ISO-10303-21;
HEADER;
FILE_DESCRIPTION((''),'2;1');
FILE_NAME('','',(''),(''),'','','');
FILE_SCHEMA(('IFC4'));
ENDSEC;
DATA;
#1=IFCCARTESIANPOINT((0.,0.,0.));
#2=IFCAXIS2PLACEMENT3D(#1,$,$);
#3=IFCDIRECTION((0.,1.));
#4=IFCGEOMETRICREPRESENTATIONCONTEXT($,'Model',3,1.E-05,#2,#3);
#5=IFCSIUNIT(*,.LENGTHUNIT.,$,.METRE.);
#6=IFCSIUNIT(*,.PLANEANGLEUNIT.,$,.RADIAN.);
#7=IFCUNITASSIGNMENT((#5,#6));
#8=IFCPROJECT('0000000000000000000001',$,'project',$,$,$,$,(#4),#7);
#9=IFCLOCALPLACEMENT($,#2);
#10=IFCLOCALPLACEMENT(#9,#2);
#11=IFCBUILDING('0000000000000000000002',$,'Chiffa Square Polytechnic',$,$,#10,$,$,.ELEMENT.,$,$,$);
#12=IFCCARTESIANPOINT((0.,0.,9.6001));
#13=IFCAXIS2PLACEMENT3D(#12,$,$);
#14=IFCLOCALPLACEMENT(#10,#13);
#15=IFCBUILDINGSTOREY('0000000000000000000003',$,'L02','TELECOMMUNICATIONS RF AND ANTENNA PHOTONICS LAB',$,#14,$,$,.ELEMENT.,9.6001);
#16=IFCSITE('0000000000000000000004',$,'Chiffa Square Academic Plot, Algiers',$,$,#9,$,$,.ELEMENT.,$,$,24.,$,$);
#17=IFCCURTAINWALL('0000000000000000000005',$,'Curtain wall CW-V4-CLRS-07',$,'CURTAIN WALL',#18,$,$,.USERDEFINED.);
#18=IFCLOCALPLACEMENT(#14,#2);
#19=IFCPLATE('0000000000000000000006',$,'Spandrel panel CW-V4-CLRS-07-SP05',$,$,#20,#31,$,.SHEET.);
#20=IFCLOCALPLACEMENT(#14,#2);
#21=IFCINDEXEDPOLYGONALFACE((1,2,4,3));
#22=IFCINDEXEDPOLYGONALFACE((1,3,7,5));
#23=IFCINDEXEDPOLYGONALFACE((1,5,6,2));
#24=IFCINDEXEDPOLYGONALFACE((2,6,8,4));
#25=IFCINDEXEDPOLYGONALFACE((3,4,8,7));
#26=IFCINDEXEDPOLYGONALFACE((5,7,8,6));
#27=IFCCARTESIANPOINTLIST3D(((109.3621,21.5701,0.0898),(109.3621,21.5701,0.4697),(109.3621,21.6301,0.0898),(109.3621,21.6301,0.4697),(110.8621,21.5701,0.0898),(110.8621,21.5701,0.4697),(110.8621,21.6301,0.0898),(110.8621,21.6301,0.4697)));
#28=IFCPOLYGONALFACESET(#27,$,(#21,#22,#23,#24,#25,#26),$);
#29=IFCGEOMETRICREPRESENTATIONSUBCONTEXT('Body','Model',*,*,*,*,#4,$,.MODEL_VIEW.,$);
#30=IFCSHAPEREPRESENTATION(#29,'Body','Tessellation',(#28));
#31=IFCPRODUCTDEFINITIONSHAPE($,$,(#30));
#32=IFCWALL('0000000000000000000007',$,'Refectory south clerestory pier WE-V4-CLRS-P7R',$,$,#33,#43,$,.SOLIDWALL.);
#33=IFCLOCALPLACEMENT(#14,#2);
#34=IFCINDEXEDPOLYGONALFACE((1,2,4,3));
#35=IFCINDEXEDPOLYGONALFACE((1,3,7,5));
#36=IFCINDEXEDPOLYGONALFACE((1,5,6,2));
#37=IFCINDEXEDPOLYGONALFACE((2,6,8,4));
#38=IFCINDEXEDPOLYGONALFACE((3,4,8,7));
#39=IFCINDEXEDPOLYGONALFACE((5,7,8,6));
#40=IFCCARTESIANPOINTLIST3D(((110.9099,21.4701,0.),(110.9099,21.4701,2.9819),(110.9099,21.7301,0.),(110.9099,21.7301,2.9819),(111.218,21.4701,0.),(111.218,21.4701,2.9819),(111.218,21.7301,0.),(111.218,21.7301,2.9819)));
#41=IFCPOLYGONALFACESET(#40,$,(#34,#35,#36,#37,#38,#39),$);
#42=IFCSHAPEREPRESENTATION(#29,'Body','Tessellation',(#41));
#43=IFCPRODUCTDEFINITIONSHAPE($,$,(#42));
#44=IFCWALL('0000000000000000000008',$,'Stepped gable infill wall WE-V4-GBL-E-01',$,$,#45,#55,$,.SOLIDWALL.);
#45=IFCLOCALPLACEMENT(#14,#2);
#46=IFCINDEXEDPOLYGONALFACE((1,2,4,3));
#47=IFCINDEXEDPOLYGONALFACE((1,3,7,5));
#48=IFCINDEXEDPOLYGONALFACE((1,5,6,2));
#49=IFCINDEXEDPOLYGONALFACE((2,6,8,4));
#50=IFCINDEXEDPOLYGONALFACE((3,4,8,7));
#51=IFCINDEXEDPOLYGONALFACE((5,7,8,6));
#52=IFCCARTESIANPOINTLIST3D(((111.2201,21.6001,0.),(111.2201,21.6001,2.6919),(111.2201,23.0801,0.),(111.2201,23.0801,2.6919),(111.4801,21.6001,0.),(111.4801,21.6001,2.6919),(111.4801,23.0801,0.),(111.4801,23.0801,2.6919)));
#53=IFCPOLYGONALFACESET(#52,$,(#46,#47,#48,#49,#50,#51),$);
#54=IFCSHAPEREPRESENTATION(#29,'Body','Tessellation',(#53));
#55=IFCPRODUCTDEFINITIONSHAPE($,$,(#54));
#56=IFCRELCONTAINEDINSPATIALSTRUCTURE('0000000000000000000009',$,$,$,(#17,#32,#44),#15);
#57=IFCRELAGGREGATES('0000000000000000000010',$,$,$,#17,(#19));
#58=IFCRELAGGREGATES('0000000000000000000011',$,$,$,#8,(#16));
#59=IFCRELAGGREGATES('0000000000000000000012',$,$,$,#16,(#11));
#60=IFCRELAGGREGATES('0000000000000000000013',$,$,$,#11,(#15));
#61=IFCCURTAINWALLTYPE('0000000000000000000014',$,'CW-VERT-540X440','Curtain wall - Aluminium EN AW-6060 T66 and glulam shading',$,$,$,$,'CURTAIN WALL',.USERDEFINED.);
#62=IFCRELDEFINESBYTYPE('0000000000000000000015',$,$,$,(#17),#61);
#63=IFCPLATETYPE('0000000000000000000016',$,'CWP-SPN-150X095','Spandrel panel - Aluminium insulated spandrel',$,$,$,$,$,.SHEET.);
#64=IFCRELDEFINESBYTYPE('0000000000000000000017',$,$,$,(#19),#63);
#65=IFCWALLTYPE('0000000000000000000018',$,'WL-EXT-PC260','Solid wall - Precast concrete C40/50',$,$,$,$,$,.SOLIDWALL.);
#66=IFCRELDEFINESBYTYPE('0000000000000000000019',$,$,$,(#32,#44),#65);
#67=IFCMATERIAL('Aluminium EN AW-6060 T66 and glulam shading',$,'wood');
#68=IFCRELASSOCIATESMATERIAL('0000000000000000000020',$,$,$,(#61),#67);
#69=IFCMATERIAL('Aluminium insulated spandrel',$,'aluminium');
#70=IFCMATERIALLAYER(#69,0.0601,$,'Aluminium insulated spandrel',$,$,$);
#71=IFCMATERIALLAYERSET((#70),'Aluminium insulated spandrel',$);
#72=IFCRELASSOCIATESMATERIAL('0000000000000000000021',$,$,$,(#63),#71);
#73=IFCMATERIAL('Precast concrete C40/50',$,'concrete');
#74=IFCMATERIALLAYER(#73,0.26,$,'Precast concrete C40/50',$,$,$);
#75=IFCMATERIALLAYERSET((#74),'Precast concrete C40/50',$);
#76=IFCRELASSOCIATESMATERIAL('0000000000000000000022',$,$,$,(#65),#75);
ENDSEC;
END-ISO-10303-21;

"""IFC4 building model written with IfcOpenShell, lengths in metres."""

from ifc_helpers import new_model, si_unit, direction, frame, frame_2d, origin, origin_2d, place, context, subcontext, project, spatial, rectangle, extrude, material, layer, layer_set, type_object, element, aggregate, save


model = new_model("IFC4")

# Units and contexts
model_context = context("Model", 3, precision=1e-05, world=origin(), true_north=direction((0.0, 1.0)))
body_context = subcontext(model_context, "Body", "Model", "MODEL_VIEW")
ifc_project = project(units=[si_unit("LENGTHUNIT", "METRE"), si_unit("PLANEANGLEUNIT", "RADIAN")], contexts=[model_context])

# Site, building, storey
site_placement = place(None, origin())
site = spatial("IfcSite", under=ifc_project, at=site_placement, Name="Chiffa Square Academic Plot, Algiers", CompositionType="ELEMENT", RefElevation=24.0)
building_placement = place(site_placement, origin())
building = spatial("IfcBuilding", under=site, at=building_placement, Name="Chiffa Square Polytechnic", CompositionType="ELEMENT")
storey_placement = place(building_placement, frame((0.0, 0.0, 9.6001)))
storey = spatial("IfcBuildingStorey", under=building, at=storey_placement, Name="L02", Description="TELECOMMUNICATIONS RF AND ANTENNA PHOTONICS LAB", CompositionType="ELEMENT", Elevation=9.6001)

# Curtain wall, plate
ifc_material_1 = material(Name="Aluminium EN AW-6060 T66 and glulam shading", Category="wood")
curtain_wall_type = type_object("IfcCurtainWallType", Name="CW-VERT-540X440", Description="Curtain wall - Aluminium EN AW-6060 T66 and glulam shading", ElementType="CURTAIN WALL", PredefinedType="USERDEFINED", material=ifc_material_1)
curtain_wall_placement = place(storey_placement, origin())
curtain_wall = element("IfcCurtainWall", 1, at=curtain_wall_placement, inside=storey, type_object=curtain_wall_type, Name="Curtain wall CW-V4-CLRS-07", ObjectType="CURTAIN WALL", PredefinedType="USERDEFINED")
ifc_material_2 = material(Name="Aluminium insulated spandrel", Category="aluminium")
ifc_layer_1 = layer(ifc_material_2, 0.0601, Name="Aluminium insulated spandrel")
ifc_layer_set_1 = layer_set([ifc_layer_1], Name="Aluminium insulated spandrel")
plate_type_1 = type_object("IfcPlateType", Name="CWP-SPN-150X095", Description="Spandrel panel - Aluminium insulated spandrel", PredefinedType="SHEET", material=ifc_layer_set_1)
plate_1_placement = place(storey_placement, frame((110.1121, 21.6001, 0.0898), z_axis=(0.0, 0.0, 1.0), x_axis=(1.0, 0.0, 0.0)))
plate_1 = element("IfcPlate", 2, at=plate_1_placement, type_object=plate_type_1, Name="Spandrel panel CW-V4-CLRS-07-SP05", PredefinedType="SHEET", context=body_context, shape_type="SweptSolid", body=[
    extrude(rectangle(XDim=1.5, YDim=0.0601, at=origin_2d()), origin(), (0.0, 0.0, 1.0), 0.3799),
])
aggregate(curtain_wall, [plate_1])

# Walls
ifc_material_3 = material(Name="Precast concrete C40/50", Category="concrete")
ifc_layer_2 = layer(ifc_material_3, 0.26, Name="Precast concrete C40/50")
ifc_layer_set_2 = layer_set([ifc_layer_2], Name="Precast concrete C40/50")
wall_type = type_object("IfcWallType", Name="WL-EXT-PC260", Description="Solid wall - Precast concrete C40/50", PredefinedType="SOLIDWALL", material=ifc_layer_set_2)
wall_1_placement = place(storey_placement, frame((110.9099, 21.6001, 0.0), z_axis=(0.0, 0.0, 1.0), x_axis=(1.0, 0.0, 0.0)))
element("IfcWall", 3, at=wall_1_placement, inside=storey, type_object=wall_type, Name="Refectory south clerestory pier WE-V4-CLRS-P7R", PredefinedType="SOLIDWALL", context=body_context, shape_type="SweptSolid", body=[
    extrude(rectangle(XDim=0.3081, YDim=0.26, at=frame_2d((0.1541, 0.0))), origin(), (0.0, 0.0, 1.0), 2.9819),
])
wall_2_placement = place(storey_placement, frame((111.3501, 21.6001, 0.0), z_axis=(0.0, 0.0, 1.0), x_axis=(0.0, 1.0, 0.0)))
element("IfcWall", 4, at=wall_2_placement, inside=storey, type_object=wall_type, Name="Stepped gable infill wall WE-V4-GBL-E-01", PredefinedType="SOLIDWALL", context=body_context, shape_type="SweptSolid", body=[
    extrude(rectangle(XDim=1.48, YDim=0.26, at=frame_2d((0.74, 0.0))), origin(), (0.0, 0.0, 1.0), 2.6919),
])

save(model, "model.ifc")
